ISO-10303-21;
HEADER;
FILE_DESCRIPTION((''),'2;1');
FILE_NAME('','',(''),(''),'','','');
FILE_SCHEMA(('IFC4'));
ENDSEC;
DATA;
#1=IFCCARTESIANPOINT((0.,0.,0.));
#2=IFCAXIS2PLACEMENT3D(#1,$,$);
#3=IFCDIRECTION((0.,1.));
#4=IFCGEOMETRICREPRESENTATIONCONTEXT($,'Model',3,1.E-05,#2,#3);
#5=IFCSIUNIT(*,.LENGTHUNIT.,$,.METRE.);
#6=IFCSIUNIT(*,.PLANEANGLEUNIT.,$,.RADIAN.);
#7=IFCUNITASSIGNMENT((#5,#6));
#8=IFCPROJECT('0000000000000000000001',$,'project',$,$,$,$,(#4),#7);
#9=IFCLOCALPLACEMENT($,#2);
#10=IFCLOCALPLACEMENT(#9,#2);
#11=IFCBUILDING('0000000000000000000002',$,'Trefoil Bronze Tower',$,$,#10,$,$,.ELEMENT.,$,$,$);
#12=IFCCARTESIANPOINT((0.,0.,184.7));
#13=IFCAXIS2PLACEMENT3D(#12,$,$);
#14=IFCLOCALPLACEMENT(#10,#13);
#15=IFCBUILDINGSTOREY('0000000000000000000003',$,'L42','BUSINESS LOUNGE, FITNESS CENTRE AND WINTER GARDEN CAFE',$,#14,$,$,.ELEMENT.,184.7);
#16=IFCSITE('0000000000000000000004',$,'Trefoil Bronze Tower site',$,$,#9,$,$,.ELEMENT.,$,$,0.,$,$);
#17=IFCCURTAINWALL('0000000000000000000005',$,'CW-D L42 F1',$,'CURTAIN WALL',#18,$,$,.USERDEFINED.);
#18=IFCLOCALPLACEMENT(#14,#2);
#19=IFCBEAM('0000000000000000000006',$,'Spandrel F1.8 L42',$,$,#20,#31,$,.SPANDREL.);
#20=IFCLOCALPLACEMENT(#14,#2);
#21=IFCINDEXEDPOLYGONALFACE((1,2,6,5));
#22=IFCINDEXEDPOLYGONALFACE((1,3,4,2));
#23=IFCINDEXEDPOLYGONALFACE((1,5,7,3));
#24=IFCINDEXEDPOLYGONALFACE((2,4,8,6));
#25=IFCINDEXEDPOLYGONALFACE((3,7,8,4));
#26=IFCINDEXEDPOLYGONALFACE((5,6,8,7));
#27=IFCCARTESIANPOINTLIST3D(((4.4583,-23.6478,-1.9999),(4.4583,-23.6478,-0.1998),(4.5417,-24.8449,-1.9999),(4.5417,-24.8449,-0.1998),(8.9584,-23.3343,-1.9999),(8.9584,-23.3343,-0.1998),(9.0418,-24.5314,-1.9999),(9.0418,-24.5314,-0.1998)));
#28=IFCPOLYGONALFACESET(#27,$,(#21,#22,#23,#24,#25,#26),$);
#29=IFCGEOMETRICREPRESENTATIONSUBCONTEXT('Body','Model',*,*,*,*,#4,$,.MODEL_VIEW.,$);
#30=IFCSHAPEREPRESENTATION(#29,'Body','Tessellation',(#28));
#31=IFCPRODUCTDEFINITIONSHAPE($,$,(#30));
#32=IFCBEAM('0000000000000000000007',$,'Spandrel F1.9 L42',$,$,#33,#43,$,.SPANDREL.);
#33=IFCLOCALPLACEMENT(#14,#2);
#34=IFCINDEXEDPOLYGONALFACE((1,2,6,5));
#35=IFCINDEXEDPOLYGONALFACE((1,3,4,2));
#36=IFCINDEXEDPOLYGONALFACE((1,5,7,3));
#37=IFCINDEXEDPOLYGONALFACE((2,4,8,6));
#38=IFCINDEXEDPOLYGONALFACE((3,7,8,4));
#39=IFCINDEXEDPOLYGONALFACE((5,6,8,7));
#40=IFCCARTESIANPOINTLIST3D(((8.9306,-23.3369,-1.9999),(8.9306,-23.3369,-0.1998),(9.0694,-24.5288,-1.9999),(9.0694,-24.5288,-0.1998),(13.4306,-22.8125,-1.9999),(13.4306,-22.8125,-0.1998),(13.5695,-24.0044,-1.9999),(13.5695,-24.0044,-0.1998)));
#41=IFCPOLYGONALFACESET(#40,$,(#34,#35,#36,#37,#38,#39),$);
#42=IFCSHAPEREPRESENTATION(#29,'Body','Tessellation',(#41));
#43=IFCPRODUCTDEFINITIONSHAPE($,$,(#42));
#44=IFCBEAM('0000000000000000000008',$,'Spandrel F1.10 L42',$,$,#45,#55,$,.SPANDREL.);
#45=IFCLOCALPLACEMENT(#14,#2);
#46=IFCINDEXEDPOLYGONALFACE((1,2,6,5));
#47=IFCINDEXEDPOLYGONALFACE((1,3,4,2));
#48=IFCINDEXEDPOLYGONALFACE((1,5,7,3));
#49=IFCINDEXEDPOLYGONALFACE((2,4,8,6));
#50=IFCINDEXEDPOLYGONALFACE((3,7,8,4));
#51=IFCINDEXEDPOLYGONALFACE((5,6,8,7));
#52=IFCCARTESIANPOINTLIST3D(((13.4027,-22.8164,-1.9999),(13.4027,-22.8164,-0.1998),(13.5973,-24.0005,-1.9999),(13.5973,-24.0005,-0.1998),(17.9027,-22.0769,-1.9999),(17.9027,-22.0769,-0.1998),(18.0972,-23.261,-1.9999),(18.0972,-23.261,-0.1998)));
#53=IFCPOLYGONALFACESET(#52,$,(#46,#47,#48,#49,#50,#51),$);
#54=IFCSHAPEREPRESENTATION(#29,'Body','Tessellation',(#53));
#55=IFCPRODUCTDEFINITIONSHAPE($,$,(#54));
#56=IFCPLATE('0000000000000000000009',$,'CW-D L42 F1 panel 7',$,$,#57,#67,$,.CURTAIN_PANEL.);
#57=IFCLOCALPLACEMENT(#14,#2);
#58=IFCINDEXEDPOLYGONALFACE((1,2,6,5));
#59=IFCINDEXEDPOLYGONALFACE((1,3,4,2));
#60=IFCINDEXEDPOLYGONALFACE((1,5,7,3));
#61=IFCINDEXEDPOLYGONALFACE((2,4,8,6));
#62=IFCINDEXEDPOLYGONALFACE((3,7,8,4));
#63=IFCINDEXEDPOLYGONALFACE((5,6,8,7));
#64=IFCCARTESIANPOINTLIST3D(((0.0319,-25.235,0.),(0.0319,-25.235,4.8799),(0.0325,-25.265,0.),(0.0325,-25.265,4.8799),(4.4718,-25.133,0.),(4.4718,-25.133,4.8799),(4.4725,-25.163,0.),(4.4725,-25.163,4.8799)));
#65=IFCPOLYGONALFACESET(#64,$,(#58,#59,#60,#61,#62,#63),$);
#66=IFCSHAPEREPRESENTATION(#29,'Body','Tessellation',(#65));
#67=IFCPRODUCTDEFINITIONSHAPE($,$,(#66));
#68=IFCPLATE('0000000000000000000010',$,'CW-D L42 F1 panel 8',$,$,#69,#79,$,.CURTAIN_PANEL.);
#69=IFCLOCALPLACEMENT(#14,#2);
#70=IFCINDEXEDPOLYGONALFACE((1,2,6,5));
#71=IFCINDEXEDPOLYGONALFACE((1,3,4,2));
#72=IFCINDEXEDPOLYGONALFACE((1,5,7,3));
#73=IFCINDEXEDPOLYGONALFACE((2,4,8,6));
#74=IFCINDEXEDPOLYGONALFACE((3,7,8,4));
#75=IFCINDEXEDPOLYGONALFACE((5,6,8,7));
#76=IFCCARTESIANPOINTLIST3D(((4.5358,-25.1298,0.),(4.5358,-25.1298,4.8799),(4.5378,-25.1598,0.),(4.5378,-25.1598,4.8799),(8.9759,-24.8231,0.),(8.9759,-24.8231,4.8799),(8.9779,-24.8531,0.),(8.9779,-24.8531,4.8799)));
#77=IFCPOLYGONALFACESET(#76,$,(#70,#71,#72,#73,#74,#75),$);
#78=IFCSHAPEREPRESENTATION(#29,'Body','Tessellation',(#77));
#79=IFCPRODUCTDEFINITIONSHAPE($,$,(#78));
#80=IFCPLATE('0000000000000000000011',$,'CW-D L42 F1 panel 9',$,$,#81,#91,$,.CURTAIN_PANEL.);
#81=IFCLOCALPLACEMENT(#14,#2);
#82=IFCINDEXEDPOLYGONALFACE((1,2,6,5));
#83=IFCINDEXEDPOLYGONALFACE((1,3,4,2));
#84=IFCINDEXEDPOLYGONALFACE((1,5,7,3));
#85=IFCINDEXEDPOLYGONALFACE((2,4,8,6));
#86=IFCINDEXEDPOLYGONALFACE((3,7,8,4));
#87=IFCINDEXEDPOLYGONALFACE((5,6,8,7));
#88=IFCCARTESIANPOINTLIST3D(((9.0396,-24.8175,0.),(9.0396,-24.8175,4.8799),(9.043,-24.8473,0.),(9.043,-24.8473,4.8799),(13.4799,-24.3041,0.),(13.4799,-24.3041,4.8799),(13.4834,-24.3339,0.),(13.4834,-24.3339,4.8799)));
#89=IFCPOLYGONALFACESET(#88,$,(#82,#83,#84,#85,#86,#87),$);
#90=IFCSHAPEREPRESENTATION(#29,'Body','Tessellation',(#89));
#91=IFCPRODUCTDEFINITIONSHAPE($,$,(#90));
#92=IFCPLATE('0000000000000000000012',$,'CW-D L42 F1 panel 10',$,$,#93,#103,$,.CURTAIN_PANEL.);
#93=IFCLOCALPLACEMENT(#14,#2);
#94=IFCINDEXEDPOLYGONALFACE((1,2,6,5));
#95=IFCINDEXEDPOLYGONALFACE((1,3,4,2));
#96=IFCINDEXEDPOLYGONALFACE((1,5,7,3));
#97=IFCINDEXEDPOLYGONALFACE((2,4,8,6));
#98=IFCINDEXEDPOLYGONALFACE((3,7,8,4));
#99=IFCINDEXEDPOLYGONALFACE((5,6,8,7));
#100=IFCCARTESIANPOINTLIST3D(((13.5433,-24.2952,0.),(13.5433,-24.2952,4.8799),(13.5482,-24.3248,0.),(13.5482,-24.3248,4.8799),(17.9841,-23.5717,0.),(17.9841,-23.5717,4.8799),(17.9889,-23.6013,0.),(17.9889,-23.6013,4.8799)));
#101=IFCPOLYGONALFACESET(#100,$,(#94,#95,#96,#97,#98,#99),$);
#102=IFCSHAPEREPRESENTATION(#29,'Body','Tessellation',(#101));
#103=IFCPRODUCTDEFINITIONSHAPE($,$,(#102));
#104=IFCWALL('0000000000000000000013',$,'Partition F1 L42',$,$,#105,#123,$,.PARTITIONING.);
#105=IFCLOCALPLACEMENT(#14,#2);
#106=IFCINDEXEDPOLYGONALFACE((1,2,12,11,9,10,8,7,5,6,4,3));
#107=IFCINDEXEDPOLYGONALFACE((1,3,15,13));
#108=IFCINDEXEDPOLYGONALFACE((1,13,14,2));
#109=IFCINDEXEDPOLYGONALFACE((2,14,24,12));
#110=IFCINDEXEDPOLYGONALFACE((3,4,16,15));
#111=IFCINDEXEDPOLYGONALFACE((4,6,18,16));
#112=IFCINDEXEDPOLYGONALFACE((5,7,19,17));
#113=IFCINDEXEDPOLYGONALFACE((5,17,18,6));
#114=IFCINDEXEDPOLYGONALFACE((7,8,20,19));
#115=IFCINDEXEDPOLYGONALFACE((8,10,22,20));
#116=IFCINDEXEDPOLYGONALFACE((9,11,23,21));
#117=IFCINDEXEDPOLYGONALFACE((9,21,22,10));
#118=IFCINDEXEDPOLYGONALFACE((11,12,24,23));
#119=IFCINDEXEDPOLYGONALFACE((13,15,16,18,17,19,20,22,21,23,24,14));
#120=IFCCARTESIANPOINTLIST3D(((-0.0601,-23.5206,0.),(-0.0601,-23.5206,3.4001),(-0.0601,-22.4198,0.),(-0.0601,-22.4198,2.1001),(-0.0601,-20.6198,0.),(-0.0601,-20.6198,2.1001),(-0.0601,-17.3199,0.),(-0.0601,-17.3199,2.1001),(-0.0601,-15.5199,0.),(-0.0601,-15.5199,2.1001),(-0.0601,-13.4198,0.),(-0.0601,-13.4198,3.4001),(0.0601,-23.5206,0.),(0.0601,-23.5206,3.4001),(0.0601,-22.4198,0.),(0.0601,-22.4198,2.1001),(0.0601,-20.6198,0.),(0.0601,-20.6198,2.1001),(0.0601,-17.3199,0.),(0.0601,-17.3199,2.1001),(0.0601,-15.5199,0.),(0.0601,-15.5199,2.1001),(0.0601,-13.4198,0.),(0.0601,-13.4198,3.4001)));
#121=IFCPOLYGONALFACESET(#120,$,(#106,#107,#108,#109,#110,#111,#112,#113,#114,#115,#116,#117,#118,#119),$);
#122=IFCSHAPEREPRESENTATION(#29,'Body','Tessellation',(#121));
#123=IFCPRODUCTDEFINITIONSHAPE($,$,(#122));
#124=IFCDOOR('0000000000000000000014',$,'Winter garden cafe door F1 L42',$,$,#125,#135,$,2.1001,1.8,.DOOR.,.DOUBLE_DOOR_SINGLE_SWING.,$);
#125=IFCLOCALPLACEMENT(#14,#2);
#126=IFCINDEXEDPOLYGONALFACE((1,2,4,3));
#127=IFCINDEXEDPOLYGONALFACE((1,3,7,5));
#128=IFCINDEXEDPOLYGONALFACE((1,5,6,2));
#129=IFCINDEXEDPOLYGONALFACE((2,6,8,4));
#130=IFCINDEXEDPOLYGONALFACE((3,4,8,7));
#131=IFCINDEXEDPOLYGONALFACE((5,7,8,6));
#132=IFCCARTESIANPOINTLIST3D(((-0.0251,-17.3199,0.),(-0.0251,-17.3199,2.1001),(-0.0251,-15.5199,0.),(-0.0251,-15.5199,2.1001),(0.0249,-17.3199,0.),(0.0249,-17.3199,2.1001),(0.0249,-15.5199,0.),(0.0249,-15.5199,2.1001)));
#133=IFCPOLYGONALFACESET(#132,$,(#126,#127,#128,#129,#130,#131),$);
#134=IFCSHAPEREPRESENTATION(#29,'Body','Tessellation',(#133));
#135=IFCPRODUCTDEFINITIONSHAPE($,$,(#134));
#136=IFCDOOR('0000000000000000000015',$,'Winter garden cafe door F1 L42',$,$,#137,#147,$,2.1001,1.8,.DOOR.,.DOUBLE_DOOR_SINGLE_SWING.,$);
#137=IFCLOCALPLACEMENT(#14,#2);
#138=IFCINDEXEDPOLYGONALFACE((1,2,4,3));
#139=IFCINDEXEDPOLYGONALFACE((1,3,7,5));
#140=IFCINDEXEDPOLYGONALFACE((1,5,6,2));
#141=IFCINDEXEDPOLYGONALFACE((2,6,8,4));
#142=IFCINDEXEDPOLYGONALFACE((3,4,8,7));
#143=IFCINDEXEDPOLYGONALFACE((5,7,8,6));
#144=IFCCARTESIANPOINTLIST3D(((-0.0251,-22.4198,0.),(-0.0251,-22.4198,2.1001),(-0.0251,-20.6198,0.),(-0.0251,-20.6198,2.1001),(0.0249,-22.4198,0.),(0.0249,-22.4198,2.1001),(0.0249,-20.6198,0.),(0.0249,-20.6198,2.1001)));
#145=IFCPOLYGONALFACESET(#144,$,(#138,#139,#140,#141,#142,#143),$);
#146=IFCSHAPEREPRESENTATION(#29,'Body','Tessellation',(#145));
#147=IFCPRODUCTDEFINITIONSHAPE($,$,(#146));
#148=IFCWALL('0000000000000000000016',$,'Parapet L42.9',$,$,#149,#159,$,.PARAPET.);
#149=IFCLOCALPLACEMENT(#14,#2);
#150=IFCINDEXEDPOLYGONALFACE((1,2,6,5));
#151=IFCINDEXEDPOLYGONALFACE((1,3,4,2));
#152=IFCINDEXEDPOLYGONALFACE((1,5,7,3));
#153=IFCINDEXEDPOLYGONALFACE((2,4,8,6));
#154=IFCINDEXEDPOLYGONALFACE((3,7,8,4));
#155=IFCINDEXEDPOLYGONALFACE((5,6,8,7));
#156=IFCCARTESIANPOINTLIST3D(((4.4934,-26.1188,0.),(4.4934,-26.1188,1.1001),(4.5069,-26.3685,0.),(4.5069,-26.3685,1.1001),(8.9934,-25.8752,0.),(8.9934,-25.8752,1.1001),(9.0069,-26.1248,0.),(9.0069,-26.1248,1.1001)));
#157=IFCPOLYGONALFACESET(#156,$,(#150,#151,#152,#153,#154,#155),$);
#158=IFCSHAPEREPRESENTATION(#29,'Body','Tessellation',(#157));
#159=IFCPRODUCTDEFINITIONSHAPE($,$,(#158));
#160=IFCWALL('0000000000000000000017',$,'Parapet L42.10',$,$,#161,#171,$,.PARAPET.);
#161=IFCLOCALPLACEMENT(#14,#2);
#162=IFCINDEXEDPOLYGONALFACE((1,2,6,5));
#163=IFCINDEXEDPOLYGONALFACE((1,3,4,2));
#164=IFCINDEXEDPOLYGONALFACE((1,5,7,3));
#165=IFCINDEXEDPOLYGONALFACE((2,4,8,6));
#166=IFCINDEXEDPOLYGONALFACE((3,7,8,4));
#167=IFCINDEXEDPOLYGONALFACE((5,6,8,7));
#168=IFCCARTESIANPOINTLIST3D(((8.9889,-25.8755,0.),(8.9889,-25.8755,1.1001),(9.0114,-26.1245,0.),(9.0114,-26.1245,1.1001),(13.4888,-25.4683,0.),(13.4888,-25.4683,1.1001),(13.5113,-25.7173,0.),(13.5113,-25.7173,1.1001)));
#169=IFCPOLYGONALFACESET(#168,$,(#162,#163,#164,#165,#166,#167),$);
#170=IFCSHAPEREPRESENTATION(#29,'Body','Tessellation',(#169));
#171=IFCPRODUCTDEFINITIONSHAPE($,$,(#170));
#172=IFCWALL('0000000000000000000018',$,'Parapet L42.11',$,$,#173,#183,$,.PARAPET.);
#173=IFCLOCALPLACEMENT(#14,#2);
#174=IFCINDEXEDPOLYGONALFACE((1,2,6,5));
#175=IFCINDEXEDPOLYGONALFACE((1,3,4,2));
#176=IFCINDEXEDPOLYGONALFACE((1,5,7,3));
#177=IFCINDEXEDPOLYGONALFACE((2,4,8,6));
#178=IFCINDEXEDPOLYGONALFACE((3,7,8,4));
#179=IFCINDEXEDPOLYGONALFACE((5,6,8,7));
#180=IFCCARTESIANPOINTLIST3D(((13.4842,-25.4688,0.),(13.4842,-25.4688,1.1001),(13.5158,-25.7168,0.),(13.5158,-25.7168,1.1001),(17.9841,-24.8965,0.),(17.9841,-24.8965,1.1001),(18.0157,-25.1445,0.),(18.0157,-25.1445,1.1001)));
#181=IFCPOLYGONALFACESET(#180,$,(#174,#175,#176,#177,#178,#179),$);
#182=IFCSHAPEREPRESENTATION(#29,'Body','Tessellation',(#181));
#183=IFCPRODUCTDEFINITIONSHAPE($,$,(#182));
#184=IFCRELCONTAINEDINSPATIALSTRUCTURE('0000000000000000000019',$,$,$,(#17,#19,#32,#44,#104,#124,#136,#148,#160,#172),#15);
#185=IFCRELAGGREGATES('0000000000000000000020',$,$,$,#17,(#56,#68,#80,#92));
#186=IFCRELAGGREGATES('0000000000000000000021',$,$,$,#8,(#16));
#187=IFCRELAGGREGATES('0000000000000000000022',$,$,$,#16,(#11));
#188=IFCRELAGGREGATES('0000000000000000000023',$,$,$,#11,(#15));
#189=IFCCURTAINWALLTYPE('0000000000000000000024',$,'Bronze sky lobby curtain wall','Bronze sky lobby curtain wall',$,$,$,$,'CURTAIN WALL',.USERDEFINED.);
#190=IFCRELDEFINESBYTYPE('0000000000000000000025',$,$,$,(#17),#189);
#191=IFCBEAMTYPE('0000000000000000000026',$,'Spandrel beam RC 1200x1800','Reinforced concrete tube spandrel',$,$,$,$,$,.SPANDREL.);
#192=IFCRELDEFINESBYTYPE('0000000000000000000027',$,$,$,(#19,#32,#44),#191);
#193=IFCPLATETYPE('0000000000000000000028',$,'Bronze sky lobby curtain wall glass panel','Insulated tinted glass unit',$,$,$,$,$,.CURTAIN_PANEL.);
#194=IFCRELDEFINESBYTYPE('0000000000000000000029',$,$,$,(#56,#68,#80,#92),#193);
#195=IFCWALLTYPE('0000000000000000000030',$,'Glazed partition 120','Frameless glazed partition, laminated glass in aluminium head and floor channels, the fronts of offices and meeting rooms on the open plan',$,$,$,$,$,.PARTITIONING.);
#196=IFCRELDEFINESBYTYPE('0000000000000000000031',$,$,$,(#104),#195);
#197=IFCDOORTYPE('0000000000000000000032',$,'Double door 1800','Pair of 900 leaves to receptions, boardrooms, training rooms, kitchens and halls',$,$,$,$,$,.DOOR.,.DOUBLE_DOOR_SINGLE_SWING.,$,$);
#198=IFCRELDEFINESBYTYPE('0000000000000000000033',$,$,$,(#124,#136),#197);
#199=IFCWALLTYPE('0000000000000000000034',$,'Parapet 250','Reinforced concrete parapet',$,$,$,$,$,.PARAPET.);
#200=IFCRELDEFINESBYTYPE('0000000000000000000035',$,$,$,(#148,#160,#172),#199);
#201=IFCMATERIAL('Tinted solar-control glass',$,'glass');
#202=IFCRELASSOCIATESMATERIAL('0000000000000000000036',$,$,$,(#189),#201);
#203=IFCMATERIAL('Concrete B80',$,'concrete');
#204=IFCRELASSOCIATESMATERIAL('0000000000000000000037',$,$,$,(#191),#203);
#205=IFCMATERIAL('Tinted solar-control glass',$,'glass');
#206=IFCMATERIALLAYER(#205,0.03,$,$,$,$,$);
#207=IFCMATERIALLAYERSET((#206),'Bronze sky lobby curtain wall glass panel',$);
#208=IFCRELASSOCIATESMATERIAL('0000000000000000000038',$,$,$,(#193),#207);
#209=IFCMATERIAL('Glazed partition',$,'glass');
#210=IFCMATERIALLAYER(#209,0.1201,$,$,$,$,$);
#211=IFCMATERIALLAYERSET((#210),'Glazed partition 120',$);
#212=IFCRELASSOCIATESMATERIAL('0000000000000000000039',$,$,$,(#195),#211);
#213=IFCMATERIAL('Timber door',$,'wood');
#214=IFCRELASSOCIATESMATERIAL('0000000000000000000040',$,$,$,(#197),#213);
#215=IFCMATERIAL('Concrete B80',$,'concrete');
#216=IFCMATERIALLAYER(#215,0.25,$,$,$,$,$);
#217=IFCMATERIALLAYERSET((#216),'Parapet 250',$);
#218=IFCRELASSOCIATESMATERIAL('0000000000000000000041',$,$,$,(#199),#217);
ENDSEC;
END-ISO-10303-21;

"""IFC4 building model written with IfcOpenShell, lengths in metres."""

from ifc_helpers import new_model, si_unit, direction, frame, frame_2d, origin, origin_2d, place, context, subcontext, project, spatial, rectangle, extrude, material, layer, layer_set, material_profile, profile_set, type_object, element, fill, aggregate, save


model = new_model("IFC4")

# Units and contexts
model_context = context("Model", 3, precision=1e-05, world=origin(), true_north=direction((0.0, 1.0)))
body_context = subcontext(model_context, "Body", "Model", "MODEL_VIEW")
ifc_project = project(units=[si_unit("LENGTHUNIT", "METRE"), si_unit("PLANEANGLEUNIT", "RADIAN")], contexts=[model_context])

# Site, building, storey
site_placement = place(None, origin())
site = spatial("IfcSite", under=ifc_project, at=site_placement, Name="Trefoil Bronze Tower site", CompositionType="ELEMENT", RefElevation=0.0)
building_placement = place(site_placement, origin())
building = spatial("IfcBuilding", under=site, at=building_placement, Name="Trefoil Bronze Tower", CompositionType="ELEMENT")
storey_placement = place(building_placement, frame((0.0, 0.0, 184.7)))
storey = spatial("IfcBuildingStorey", under=building, at=storey_placement, Name="L42", Description="BUSINESS LOUNGE, FITNESS CENTRE AND WINTER GARDEN CAFE", CompositionType="ELEMENT", Elevation=184.7)

# Curtain wall
ifc_material_1 = material(Name="Tinted solar-control glass", Category="glass")
curtain_wall_type = type_object("IfcCurtainWallType", Name="Bronze sky lobby curtain wall", Description="Bronze sky lobby curtain wall", ElementType="CURTAIN WALL", PredefinedType="USERDEFINED", material=ifc_material_1)
curtain_wall_placement = place(storey_placement, origin())
curtain_wall = element("IfcCurtainWall", 1, at=curtain_wall_placement, inside=storey, type_object=curtain_wall_type, Name="CW-D L42 F1", ObjectType="CURTAIN WALL", PredefinedType="USERDEFINED")

# Beams
ifc_material_2 = material(Name="Concrete B80", Category="concrete")
ifc_material_profile_1 = material_profile(ifc_material_2, rectangle(XDim=1.2, YDim=1.8, at=origin_2d()), Name="RC 1200x1800")
ifc_profile_set_1 = profile_set([ifc_material_profile_1], Name="Concrete B80")
beam_type_1 = type_object("IfcBeamType", Name="Spandrel beam RC 1200x1800", Description="Reinforced concrete tube spandrel", PredefinedType="SPANDREL", material=ifc_profile_set_1)
beam_1_placement = place(storey_placement, frame((4.5, -24.2463, -1.0999), z_axis=(0.997582, 0.069493, 0.0), x_axis=(-0.069493, 0.997582, 0.0)))
element("IfcBeam", 2, at=beam_1_placement, inside=storey, type_object=beam_type_1, Name="Spandrel F1.8 L42", PredefinedType="SPANDREL", context=body_context, shape_type="SweptSolid", body=[
    extrude(rectangle(XDim=1.2, YDim=1.8, at=origin_2d()), origin(), (0.0, 0.0, 1.0), 4.511),
])
beam_2_placement = place(storey_placement, frame((9.0, -23.9329, -1.0999), z_axis=(0.993278, 0.115753, 0.0), x_axis=(-0.115753, 0.993278, 0.0)))
element("IfcBeam", 3, at=beam_2_placement, inside=storey, type_object=beam_type_1, Name="Spandrel F1.9 L42", PredefinedType="SPANDREL", context=body_context, shape_type="SweptSolid", body=[
    extrude(rectangle(XDim=1.2, YDim=1.8, at=origin_2d()), origin(), (0.0, 0.0, 1.0), 4.5305),
])
beam_3_placement = place(storey_placement, frame((13.5, -23.4084, -1.0999), z_axis=(0.986765, 0.162159, 0.0), x_axis=(-0.162159, 0.986765, 0.0)))
element("IfcBeam", 4, at=beam_3_placement, inside=storey, type_object=beam_type_1, Name="Spandrel F1.10 L42", PredefinedType="SPANDREL", context=body_context, shape_type="SweptSolid", body=[
    extrude(rectangle(XDim=1.2, YDim=1.8, at=origin_2d()), origin(), (0.0, 0.0, 1.0), 4.5603),
])

# Plates
ifc_material_3 = material(Name="Tinted solar-control glass", Category="glass")
ifc_layer_1 = layer(ifc_material_3, 0.03)
ifc_layer_set_1 = layer_set([ifc_layer_1], Name="Bronze sky lobby curtain wall glass panel")
plate_type = type_object("IfcPlateType", Name="Bronze sky lobby curtain wall glass panel", Description="Insulated tinted glass unit", PredefinedType="CURTAIN_PANEL", material=ifc_layer_set_1)
plate_1_placement = place(storey_placement, frame((2.2522, -25.199, 0.0), z_axis=(0.0, 0.0, 1.0), x_axis=(0.999736, 0.022972, 0.0)))
plate_1 = element("IfcPlate", 5, at=plate_1_placement, type_object=plate_type, Name="CW-D L42 F1 panel 7", PredefinedType="CURTAIN_PANEL", context=body_context, shape_type="SweptSolid", body=[
    extrude(rectangle(XDim=4.4412, YDim=0.03, at=origin_2d()), origin(), (0.0, 0.0, 1.0), 4.8799),
])
plate_2_placement = place(storey_placement, frame((6.7568, -24.9915, 0.0), z_axis=(0.0, 0.0, 1.0), x_axis=(0.997623, 0.068915, 0.0)))
plate_2 = element("IfcPlate", 6, at=plate_2_placement, type_object=plate_type, Name="CW-D L42 F1 panel 8", PredefinedType="CURTAIN_PANEL", context=body_context, shape_type="SweptSolid", body=[
    extrude(rectangle(XDim=4.4507, YDim=0.03, at=origin_2d()), origin(), (0.0, 0.0, 1.0), 4.8799),
])
plate_3_placement = place(storey_placement, frame((11.2615, -24.5757, 0.0), z_axis=(0.0, 0.0, 1.0), x_axis=(0.993382, 0.114859, 0.0)))
plate_3 = element("IfcPlate", 7, at=plate_3_placement, type_object=plate_type, Name="CW-D L42 F1 panel 9", PredefinedType="CURTAIN_PANEL", context=body_context, shape_type="SweptSolid", body=[
    extrude(rectangle(XDim=4.47, YDim=0.03, at=origin_2d()), origin(), (0.0, 0.0, 1.0), 4.8799),
])
plate_4_placement = place(storey_placement, frame((15.7661, -23.9482, 0.0), z_axis=(0.0, 0.0, 1.0), x_axis=(0.986987, 0.160803, 0.0)))
plate_4 = element("IfcPlate", 8, at=plate_4_placement, type_object=plate_type, Name="CW-D L42 F1 panel 10", PredefinedType="CURTAIN_PANEL", context=body_context, shape_type="SweptSolid", body=[
    extrude(rectangle(XDim=4.4993, YDim=0.03, at=origin_2d()), origin(), (0.0, 0.0, 1.0), 4.8799),
])
aggregate(curtain_wall, [plate_1, plate_2, plate_3, plate_4])

# Wall, openings, doors
ifc_material_4 = material(Name="Glazed partition", Category="glass")
ifc_layer_2 = layer(ifc_material_4, 0.1201)
ifc_layer_set_2 = layer_set([ifc_layer_2], Name="Glazed partition 120")
wall_type_1 = type_object("IfcWallType", Name="Glazed partition 120", Description="Frameless glazed partition, laminated glass in aluminium head and floor channels, the fronts of offices and meeting rooms on the open plan", PredefinedType="PARTITIONING", material=ifc_layer_set_2)
wall_1_placement = place(storey_placement, frame((0.0, -13.4199, 0.0), z_axis=(0.0, 0.0, 1.0), x_axis=(0.0, -1.0, 0.0)))
wall_1 = element("IfcWall", 9, at=wall_1_placement, inside=storey, type_object=wall_type_1, Name="Partition F1 L42", PredefinedType="PARTITIONING", context=body_context, shape_type="SweptSolid", body=[
    extrude(rectangle(XDim=10.1008, YDim=0.1201, at=frame_2d((5.0503, 0.0))), origin(), (0.0, 0.0, 1.0), 3.4001),
])
opening_1_placement = place(wall_1_placement, frame((2.1001, 0.0, 0.0)))
opening_1 = element("IfcOpeningElement", 10, at=opening_1_placement, cuts=wall_1, PredefinedType="OPENING", context=body_context, shape_type="SweptSolid", body=[
    extrude(rectangle(XDim=1.8, YDim=2.1001, at=frame_2d((0.8999, 1.05))), frame((0.0, 0.0701, 0.0), z_axis=(0.0, -1.0, 0.0), x_axis=(1.0, 0.0, 0.0)), (0.0, 0.0, 1.0), 0.1401),
])
opening_2_placement = place(wall_1_placement, frame((7.2, 0.0, 0.0)))
opening_2 = element("IfcOpeningElement", 11, at=opening_2_placement, cuts=wall_1, PredefinedType="OPENING", context=body_context, shape_type="SweptSolid", body=[
    extrude(rectangle(XDim=1.8, YDim=2.1001, at=frame_2d((0.8999, 1.05))), frame((0.0, 0.0701, 0.0), z_axis=(0.0, -1.0, 0.0), x_axis=(1.0, 0.0, 0.0)), (0.0, 0.0, 1.0), 0.1401),
])
ifc_material_5 = material(Name="Timber door", Category="wood")
door_type = type_object("IfcDoorType", Name="Double door 1800", Description="Pair of 900 leaves to receptions, boardrooms, training rooms, kitchens and halls", OperationType="DOUBLE_DOOR_SINGLE_SWING", PredefinedType="DOOR", material=ifc_material_5)
door_1_placement = place(opening_1_placement, origin())
door_1 = element("IfcDoor", 12, at=door_1_placement, inside=storey, type_object=door_type, Name="Winter garden cafe door F1 L42", OperationType="DOUBLE_DOOR_SINGLE_SWING", OverallHeight=2.1001, OverallWidth=1.8, PredefinedType="DOOR", context=body_context, shape_type="SweptSolid", body=[
    extrude(rectangle(XDim=1.8, YDim=2.1001, at=frame_2d((0.8999, 1.05))), frame((0.0, 0.0249, 0.0), z_axis=(0.0, -1.0, 0.0), x_axis=(1.0, 0.0, 0.0)), (0.0, 0.0, 1.0), 0.05),
])
fill(opening_1, door_1)
door_2_placement = place(opening_2_placement, origin())
door_2 = element("IfcDoor", 13, at=door_2_placement, inside=storey, type_object=door_type, Name="Winter garden cafe door F1 L42", OperationType="DOUBLE_DOOR_SINGLE_SWING", OverallHeight=2.1001, OverallWidth=1.8, PredefinedType="DOOR", context=body_context, shape_type="SweptSolid", body=[
    extrude(rectangle(XDim=1.8, YDim=2.1001, at=frame_2d((0.8999, 1.05))), frame((0.0, 0.0249, 0.0), z_axis=(0.0, -1.0, 0.0), x_axis=(1.0, 0.0, 0.0)), (0.0, 0.0, 1.0), 0.05),
])
fill(opening_2, door_2)

# Walls
ifc_material_6 = material(Name="Concrete B80", Category="concrete")
ifc_layer_3 = layer(ifc_material_6, 0.25)
ifc_layer_set_3 = layer_set([ifc_layer_3], Name="Parapet 250")
wall_type_2 = type_object("IfcWallType", Name="Parapet 250", Description="Reinforced concrete parapet", PredefinedType="PARAPET", material=ifc_layer_set_3)
wall_2_placement = place(storey_placement, frame((4.5, -26.2437, 0.0), z_axis=(0.0, 0.0, 1.0), x_axis=(0.998537, 0.054066, 0.0)))
element("IfcWall", 14, at=wall_2_placement, inside=storey, type_object=wall_type_2, Name="Parapet L42.9", PredefinedType="PARAPET", context=body_context, shape_type="SweptSolid", body=[
    extrude(rectangle(XDim=4.5066, YDim=0.25, at=frame_2d((2.2534, 0.0))), origin(), (0.0, 0.0, 1.0), 1.1001),
])
wall_3_placement = place(storey_placement, frame((9.0, -26.0, 0.0), z_axis=(0.0, 0.0, 1.0), x_axis=(0.99593, 0.090127, 0.0)))
element("IfcWall", 15, at=wall_3_placement, inside=storey, type_object=wall_type_2, Name="Parapet L42.10", PredefinedType="PARAPET", context=body_context, shape_type="SweptSolid", body=[
    extrude(rectangle(XDim=4.5183, YDim=0.25, at=frame_2d((2.2593, 0.0))), origin(), (0.0, 0.0, 1.0), 1.1001),
])
wall_4_placement = place(storey_placement, frame((13.5, -25.5928, 0.0), z_axis=(0.0, 0.0, 1.0), x_axis=(0.992011, 0.126154, 0.0)))
element("IfcWall", 16, at=wall_4_placement, inside=storey, type_object=wall_type_2, Name="Parapet L42.11", PredefinedType="PARAPET", context=body_context, shape_type="SweptSolid", body=[
    extrude(rectangle(XDim=4.5361, YDim=0.25, at=frame_2d((2.2681, 0.0))), origin(), (0.0, 0.0, 1.0), 1.1001),
])

save(model, "model.ifc")
